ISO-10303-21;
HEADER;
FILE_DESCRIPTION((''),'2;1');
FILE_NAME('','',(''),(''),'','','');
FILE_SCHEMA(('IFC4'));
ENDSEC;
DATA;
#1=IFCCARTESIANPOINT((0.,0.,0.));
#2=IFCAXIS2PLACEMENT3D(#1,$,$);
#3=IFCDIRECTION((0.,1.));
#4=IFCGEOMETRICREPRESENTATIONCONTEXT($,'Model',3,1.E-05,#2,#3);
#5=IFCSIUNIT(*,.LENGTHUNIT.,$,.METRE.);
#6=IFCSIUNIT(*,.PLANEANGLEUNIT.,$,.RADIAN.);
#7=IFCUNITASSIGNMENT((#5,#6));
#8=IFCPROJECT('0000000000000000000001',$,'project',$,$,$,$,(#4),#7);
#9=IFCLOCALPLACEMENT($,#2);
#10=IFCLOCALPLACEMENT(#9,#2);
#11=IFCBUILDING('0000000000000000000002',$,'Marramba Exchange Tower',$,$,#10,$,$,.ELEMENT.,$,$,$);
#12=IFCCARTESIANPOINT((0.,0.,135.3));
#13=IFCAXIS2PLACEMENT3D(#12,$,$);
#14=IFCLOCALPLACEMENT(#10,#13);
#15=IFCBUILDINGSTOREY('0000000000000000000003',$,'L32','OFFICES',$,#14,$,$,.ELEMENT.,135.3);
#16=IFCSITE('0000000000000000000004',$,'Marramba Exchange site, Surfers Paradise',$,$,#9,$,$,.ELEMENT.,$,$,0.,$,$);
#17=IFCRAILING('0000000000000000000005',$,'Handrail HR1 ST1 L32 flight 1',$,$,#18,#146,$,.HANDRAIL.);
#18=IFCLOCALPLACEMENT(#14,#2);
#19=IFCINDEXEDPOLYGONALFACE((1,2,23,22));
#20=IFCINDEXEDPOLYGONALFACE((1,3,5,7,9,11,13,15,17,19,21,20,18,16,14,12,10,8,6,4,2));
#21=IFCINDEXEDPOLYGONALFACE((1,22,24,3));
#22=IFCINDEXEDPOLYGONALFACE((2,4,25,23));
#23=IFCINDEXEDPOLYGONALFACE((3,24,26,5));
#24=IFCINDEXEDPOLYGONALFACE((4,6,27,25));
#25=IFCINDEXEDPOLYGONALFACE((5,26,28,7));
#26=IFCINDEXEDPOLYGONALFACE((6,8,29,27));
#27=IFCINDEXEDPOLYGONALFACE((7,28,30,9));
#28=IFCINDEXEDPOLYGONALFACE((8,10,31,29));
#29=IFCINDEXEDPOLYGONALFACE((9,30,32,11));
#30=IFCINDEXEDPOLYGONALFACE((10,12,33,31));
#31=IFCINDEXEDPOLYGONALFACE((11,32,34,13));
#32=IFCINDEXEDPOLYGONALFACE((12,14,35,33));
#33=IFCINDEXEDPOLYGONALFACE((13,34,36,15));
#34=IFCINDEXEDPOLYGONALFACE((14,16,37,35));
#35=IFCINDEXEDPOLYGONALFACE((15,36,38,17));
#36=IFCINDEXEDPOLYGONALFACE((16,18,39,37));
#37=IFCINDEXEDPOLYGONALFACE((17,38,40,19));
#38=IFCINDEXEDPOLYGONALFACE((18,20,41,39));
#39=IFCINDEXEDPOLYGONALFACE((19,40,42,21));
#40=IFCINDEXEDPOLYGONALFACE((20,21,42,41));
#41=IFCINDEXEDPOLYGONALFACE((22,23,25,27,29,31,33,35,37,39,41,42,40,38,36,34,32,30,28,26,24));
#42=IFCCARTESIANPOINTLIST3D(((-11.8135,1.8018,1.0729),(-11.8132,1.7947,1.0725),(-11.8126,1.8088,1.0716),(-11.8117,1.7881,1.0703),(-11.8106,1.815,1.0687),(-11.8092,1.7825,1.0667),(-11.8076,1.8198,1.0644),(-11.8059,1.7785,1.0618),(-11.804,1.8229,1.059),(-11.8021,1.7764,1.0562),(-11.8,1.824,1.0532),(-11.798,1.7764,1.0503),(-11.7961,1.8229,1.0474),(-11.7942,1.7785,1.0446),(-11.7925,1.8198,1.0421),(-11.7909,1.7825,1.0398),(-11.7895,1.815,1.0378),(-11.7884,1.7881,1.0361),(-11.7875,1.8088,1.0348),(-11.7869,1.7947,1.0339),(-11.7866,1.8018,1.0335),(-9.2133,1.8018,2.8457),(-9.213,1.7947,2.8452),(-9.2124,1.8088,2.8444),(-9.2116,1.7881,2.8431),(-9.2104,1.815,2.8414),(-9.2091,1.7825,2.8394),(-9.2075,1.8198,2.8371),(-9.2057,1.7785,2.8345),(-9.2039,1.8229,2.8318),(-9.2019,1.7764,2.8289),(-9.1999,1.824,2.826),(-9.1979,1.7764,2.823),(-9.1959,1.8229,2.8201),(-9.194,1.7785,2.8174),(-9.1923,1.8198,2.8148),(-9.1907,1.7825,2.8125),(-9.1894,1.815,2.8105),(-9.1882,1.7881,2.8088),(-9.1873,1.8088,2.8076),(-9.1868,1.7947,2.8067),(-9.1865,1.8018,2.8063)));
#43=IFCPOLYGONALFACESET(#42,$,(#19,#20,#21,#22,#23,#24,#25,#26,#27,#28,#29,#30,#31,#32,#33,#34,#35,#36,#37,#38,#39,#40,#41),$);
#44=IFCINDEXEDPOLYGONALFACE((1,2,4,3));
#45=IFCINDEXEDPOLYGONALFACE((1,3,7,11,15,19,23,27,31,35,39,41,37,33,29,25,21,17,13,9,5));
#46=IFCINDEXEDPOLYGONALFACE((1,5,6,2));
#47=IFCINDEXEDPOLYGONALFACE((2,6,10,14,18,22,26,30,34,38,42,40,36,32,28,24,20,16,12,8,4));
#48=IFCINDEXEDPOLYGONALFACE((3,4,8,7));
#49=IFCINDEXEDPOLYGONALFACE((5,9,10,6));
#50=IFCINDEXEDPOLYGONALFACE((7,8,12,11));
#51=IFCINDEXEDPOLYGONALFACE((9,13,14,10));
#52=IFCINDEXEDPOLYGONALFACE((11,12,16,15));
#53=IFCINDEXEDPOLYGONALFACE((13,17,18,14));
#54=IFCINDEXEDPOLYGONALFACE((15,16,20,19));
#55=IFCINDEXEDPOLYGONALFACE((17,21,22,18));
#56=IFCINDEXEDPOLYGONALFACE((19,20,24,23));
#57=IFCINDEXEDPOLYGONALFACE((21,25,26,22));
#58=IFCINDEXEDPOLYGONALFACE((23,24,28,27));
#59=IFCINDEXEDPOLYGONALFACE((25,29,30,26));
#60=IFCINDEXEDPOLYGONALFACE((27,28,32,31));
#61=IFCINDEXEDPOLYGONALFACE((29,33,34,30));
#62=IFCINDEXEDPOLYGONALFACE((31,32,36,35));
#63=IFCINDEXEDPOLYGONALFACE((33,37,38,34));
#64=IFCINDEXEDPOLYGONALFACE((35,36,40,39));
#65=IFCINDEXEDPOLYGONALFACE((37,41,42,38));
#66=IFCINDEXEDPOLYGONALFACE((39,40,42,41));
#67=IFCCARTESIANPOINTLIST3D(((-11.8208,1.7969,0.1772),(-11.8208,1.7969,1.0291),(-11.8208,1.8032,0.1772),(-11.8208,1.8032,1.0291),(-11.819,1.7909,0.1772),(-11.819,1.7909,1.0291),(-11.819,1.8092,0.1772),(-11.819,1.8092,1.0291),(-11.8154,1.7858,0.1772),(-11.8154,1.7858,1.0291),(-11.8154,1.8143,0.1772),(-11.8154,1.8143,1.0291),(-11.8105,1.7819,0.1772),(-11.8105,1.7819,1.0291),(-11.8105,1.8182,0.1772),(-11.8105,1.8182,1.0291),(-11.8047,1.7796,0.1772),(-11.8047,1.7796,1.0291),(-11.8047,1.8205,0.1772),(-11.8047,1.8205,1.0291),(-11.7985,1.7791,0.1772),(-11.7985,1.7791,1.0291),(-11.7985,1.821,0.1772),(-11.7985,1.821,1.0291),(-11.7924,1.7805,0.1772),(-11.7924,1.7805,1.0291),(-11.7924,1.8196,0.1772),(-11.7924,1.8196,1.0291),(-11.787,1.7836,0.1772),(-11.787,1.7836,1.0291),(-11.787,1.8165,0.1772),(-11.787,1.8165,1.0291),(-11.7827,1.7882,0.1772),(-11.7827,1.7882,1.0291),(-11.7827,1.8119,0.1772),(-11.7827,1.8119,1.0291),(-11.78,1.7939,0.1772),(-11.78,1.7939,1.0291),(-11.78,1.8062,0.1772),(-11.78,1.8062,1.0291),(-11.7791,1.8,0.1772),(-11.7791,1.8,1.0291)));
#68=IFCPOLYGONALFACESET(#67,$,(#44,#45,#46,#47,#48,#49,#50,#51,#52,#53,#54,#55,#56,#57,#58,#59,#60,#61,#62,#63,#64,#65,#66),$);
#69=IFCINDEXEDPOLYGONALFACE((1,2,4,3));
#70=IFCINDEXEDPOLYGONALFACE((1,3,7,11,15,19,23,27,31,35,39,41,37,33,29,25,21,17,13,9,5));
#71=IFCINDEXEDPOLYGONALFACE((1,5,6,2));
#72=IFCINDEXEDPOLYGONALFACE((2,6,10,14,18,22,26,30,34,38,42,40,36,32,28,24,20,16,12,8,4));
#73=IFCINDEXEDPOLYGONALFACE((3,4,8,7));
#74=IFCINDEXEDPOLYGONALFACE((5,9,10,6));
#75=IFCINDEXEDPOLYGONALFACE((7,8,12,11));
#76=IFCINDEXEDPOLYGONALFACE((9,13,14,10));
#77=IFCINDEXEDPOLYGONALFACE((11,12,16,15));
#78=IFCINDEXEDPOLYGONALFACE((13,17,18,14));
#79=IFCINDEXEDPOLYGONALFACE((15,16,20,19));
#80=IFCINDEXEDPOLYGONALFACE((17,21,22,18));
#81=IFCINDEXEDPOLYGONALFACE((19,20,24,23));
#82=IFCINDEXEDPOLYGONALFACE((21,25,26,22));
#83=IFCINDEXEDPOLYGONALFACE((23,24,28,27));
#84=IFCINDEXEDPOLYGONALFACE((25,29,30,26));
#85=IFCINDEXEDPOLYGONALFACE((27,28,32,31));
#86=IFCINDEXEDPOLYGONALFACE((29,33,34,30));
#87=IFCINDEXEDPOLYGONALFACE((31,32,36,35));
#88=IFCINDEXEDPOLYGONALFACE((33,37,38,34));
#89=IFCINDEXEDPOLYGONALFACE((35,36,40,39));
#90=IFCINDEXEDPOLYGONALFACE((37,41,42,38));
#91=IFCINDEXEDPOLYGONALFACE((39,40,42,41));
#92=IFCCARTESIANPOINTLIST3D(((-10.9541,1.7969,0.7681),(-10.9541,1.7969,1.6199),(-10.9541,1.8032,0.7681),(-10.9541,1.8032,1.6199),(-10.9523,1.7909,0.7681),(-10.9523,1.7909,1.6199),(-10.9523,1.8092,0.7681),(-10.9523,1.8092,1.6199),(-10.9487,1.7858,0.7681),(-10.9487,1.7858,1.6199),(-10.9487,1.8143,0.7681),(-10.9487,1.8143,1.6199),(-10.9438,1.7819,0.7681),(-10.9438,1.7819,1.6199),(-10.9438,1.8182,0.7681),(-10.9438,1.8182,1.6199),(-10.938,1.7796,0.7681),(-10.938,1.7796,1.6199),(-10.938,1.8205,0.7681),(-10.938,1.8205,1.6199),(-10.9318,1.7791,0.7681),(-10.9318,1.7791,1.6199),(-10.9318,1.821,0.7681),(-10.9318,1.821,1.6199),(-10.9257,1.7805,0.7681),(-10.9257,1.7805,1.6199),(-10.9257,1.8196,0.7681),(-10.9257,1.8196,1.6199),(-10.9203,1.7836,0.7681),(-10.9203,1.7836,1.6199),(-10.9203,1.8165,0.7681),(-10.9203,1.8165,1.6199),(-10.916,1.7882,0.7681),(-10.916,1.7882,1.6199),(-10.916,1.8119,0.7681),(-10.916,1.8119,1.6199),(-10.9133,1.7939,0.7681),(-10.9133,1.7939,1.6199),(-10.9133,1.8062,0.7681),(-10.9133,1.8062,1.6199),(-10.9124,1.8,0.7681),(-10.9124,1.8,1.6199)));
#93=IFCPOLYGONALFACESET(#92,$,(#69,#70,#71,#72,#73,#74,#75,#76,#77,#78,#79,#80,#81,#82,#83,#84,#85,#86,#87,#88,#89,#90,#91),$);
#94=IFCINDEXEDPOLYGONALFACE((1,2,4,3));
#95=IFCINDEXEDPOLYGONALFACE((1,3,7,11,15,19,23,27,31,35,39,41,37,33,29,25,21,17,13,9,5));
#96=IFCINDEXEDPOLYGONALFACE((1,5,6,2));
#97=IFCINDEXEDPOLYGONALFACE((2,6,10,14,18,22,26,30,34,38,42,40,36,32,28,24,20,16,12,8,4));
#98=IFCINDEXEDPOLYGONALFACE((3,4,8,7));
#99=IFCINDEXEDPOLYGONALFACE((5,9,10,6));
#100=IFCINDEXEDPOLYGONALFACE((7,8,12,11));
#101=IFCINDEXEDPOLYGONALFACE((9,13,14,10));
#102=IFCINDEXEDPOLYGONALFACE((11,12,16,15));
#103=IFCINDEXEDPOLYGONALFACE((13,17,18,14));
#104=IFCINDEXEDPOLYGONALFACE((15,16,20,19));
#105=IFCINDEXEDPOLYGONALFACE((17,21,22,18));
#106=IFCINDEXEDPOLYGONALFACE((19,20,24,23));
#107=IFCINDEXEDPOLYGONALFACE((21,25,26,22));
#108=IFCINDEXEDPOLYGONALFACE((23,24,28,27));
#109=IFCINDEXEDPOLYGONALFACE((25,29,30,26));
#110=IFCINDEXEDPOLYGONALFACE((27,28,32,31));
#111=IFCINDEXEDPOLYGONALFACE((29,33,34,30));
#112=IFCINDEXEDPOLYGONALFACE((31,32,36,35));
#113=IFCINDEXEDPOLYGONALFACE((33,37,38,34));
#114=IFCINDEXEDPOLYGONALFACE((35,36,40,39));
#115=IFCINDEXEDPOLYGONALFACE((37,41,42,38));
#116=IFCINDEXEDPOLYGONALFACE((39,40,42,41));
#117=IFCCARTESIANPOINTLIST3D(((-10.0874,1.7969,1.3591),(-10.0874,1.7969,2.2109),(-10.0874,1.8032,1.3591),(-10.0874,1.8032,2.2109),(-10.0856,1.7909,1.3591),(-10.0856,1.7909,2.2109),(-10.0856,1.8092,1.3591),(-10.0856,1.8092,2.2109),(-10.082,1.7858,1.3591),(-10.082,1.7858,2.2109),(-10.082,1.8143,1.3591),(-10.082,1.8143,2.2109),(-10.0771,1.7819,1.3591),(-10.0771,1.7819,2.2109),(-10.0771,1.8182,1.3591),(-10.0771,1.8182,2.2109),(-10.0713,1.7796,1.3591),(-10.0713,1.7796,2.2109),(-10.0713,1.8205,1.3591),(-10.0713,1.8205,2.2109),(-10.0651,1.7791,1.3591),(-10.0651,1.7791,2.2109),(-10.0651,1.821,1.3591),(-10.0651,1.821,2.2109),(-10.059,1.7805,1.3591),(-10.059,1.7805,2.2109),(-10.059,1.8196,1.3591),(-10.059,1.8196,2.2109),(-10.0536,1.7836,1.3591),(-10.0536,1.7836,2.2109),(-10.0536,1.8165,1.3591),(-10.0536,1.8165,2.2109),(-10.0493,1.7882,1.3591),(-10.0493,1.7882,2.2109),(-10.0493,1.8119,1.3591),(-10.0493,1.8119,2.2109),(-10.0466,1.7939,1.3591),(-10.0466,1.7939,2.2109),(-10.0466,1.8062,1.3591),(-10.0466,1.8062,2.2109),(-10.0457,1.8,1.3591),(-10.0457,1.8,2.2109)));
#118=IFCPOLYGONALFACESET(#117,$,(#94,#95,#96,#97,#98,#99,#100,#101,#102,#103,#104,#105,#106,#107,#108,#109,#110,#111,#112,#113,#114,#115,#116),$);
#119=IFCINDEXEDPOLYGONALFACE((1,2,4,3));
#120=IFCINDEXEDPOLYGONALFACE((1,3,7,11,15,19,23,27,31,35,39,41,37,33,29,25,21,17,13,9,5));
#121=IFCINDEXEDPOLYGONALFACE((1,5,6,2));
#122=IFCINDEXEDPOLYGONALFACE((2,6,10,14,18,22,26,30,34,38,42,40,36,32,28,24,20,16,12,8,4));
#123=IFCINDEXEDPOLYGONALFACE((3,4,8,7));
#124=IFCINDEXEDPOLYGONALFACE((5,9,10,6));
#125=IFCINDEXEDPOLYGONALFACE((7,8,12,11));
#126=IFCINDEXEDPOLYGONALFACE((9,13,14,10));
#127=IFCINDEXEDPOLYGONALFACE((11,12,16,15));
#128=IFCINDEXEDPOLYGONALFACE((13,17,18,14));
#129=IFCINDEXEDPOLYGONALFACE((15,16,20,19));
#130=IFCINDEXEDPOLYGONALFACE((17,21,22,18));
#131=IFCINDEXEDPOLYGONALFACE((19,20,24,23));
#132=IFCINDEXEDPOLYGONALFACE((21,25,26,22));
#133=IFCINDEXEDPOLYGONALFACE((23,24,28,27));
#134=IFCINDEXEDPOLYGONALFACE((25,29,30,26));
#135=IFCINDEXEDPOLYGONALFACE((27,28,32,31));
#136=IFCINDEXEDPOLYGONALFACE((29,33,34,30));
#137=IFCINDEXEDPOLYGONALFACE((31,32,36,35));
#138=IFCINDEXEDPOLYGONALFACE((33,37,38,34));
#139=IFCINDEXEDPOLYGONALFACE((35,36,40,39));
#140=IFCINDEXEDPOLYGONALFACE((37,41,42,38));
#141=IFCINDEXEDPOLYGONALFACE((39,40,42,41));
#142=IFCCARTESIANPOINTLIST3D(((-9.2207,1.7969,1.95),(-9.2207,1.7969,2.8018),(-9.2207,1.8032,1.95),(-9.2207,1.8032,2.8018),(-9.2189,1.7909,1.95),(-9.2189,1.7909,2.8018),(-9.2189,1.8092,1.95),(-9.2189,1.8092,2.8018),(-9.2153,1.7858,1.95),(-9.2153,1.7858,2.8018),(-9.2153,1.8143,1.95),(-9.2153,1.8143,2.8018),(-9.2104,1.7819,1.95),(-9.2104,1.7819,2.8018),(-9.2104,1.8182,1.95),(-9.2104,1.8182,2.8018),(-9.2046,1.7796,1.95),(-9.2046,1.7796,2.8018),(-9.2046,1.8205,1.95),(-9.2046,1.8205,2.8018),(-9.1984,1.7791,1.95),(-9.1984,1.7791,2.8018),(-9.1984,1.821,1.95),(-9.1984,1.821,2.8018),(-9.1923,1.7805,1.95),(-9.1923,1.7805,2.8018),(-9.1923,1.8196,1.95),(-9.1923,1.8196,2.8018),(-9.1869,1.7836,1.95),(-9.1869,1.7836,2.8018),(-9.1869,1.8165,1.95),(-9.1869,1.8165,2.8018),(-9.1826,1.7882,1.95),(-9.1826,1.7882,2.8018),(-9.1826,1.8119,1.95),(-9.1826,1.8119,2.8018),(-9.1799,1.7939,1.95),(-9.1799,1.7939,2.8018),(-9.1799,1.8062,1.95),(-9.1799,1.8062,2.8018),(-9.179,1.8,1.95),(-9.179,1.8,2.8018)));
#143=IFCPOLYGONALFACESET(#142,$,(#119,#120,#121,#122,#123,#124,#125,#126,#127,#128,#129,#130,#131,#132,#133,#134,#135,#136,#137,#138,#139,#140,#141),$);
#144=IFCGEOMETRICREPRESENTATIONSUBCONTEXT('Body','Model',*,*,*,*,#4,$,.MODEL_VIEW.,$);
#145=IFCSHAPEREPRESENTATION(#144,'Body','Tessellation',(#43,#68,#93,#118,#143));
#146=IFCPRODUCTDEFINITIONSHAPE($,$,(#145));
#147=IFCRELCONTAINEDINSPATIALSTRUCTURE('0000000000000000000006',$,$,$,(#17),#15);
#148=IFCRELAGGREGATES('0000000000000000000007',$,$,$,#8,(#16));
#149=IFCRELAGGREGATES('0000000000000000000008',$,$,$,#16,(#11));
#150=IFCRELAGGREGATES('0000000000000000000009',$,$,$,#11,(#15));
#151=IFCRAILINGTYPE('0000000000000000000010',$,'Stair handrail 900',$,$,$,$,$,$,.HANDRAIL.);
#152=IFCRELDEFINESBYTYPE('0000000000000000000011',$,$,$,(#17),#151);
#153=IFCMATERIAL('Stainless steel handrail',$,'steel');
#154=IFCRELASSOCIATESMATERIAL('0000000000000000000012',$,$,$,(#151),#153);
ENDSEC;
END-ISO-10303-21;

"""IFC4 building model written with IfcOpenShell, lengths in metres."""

from ifc_helpers import new_model, si_unit, direction, frame, origin, origin_2d, place, context, subcontext, project, spatial, circle, extrude, material, type_object, element, save


model = new_model("IFC4")

# Units and contexts
model_context = context("Model", 3, precision=1e-05, world=origin(), true_north=direction((0.0, 1.0)))
body_context = subcontext(model_context, "Body", "Model", "MODEL_VIEW")
ifc_project = project(units=[si_unit("LENGTHUNIT", "METRE"), si_unit("PLANEANGLEUNIT", "RADIAN")], contexts=[model_context])

# Site, building, storey
site_placement = place(None, origin())
site = spatial("IfcSite", under=ifc_project, at=site_placement, Name="Marramba Exchange site, Surfers Paradise", CompositionType="ELEMENT", RefElevation=0.0)
building_placement = place(site_placement, origin())
building = spatial("IfcBuilding", under=site, at=building_placement, Name="Marramba Exchange Tower", CompositionType="ELEMENT")
storey_placement = place(building_placement, frame((0.0, 0.0, 135.3)))
storey = spatial("IfcBuildingStorey", under=building, at=storey_placement, Name="L32", Description="OFFICES", CompositionType="ELEMENT", Elevation=135.3)

# Railing
ifc_material_1 = material(Name="Stainless steel handrail", Category="steel")
railing_type = type_object("IfcRailingType", Name="Stair handrail 900", PredefinedType="HANDRAIL", material=ifc_material_1)
railing_placement = place(storey_placement, frame((-11.8, 1.8, 0.1772)))
element("IfcRailing", 1, at=railing_placement, inside=storey, type_object=railing_type, Name="Handrail HR1 ST1 L32 flight 1", PredefinedType="HANDRAIL", context=body_context, shape_type="SweptSolid", body=[
    extrude(circle(Radius=0.0239, at=origin_2d()), frame((0.0, 0.0, 0.876), z_axis=(0.82624, 0.0, 0.563318), x_axis=(0.0, 1.0, 0.0)), (0.0, 0.0, 1.0), 3.147),
    extrude(circle(Radius=0.021, at=origin_2d()), origin(), (0.0, 0.0, 1.0), 0.8518),
    extrude(circle(Radius=0.021, at=origin_2d()), frame((0.8667, 0.0, 0.5908)), (0.0, 0.0, 1.0), 0.8518),
    extrude(circle(Radius=0.021, at=origin_2d()), frame((1.7334, 0.0, 1.1819)), (0.0, 0.0, 1.0), 0.8518),
    extrude(circle(Radius=0.021, at=origin_2d()), frame((2.6001, 0.0, 1.7727)), (0.0, 0.0, 1.0), 0.8518),
])

save(model, "model.ifc")
